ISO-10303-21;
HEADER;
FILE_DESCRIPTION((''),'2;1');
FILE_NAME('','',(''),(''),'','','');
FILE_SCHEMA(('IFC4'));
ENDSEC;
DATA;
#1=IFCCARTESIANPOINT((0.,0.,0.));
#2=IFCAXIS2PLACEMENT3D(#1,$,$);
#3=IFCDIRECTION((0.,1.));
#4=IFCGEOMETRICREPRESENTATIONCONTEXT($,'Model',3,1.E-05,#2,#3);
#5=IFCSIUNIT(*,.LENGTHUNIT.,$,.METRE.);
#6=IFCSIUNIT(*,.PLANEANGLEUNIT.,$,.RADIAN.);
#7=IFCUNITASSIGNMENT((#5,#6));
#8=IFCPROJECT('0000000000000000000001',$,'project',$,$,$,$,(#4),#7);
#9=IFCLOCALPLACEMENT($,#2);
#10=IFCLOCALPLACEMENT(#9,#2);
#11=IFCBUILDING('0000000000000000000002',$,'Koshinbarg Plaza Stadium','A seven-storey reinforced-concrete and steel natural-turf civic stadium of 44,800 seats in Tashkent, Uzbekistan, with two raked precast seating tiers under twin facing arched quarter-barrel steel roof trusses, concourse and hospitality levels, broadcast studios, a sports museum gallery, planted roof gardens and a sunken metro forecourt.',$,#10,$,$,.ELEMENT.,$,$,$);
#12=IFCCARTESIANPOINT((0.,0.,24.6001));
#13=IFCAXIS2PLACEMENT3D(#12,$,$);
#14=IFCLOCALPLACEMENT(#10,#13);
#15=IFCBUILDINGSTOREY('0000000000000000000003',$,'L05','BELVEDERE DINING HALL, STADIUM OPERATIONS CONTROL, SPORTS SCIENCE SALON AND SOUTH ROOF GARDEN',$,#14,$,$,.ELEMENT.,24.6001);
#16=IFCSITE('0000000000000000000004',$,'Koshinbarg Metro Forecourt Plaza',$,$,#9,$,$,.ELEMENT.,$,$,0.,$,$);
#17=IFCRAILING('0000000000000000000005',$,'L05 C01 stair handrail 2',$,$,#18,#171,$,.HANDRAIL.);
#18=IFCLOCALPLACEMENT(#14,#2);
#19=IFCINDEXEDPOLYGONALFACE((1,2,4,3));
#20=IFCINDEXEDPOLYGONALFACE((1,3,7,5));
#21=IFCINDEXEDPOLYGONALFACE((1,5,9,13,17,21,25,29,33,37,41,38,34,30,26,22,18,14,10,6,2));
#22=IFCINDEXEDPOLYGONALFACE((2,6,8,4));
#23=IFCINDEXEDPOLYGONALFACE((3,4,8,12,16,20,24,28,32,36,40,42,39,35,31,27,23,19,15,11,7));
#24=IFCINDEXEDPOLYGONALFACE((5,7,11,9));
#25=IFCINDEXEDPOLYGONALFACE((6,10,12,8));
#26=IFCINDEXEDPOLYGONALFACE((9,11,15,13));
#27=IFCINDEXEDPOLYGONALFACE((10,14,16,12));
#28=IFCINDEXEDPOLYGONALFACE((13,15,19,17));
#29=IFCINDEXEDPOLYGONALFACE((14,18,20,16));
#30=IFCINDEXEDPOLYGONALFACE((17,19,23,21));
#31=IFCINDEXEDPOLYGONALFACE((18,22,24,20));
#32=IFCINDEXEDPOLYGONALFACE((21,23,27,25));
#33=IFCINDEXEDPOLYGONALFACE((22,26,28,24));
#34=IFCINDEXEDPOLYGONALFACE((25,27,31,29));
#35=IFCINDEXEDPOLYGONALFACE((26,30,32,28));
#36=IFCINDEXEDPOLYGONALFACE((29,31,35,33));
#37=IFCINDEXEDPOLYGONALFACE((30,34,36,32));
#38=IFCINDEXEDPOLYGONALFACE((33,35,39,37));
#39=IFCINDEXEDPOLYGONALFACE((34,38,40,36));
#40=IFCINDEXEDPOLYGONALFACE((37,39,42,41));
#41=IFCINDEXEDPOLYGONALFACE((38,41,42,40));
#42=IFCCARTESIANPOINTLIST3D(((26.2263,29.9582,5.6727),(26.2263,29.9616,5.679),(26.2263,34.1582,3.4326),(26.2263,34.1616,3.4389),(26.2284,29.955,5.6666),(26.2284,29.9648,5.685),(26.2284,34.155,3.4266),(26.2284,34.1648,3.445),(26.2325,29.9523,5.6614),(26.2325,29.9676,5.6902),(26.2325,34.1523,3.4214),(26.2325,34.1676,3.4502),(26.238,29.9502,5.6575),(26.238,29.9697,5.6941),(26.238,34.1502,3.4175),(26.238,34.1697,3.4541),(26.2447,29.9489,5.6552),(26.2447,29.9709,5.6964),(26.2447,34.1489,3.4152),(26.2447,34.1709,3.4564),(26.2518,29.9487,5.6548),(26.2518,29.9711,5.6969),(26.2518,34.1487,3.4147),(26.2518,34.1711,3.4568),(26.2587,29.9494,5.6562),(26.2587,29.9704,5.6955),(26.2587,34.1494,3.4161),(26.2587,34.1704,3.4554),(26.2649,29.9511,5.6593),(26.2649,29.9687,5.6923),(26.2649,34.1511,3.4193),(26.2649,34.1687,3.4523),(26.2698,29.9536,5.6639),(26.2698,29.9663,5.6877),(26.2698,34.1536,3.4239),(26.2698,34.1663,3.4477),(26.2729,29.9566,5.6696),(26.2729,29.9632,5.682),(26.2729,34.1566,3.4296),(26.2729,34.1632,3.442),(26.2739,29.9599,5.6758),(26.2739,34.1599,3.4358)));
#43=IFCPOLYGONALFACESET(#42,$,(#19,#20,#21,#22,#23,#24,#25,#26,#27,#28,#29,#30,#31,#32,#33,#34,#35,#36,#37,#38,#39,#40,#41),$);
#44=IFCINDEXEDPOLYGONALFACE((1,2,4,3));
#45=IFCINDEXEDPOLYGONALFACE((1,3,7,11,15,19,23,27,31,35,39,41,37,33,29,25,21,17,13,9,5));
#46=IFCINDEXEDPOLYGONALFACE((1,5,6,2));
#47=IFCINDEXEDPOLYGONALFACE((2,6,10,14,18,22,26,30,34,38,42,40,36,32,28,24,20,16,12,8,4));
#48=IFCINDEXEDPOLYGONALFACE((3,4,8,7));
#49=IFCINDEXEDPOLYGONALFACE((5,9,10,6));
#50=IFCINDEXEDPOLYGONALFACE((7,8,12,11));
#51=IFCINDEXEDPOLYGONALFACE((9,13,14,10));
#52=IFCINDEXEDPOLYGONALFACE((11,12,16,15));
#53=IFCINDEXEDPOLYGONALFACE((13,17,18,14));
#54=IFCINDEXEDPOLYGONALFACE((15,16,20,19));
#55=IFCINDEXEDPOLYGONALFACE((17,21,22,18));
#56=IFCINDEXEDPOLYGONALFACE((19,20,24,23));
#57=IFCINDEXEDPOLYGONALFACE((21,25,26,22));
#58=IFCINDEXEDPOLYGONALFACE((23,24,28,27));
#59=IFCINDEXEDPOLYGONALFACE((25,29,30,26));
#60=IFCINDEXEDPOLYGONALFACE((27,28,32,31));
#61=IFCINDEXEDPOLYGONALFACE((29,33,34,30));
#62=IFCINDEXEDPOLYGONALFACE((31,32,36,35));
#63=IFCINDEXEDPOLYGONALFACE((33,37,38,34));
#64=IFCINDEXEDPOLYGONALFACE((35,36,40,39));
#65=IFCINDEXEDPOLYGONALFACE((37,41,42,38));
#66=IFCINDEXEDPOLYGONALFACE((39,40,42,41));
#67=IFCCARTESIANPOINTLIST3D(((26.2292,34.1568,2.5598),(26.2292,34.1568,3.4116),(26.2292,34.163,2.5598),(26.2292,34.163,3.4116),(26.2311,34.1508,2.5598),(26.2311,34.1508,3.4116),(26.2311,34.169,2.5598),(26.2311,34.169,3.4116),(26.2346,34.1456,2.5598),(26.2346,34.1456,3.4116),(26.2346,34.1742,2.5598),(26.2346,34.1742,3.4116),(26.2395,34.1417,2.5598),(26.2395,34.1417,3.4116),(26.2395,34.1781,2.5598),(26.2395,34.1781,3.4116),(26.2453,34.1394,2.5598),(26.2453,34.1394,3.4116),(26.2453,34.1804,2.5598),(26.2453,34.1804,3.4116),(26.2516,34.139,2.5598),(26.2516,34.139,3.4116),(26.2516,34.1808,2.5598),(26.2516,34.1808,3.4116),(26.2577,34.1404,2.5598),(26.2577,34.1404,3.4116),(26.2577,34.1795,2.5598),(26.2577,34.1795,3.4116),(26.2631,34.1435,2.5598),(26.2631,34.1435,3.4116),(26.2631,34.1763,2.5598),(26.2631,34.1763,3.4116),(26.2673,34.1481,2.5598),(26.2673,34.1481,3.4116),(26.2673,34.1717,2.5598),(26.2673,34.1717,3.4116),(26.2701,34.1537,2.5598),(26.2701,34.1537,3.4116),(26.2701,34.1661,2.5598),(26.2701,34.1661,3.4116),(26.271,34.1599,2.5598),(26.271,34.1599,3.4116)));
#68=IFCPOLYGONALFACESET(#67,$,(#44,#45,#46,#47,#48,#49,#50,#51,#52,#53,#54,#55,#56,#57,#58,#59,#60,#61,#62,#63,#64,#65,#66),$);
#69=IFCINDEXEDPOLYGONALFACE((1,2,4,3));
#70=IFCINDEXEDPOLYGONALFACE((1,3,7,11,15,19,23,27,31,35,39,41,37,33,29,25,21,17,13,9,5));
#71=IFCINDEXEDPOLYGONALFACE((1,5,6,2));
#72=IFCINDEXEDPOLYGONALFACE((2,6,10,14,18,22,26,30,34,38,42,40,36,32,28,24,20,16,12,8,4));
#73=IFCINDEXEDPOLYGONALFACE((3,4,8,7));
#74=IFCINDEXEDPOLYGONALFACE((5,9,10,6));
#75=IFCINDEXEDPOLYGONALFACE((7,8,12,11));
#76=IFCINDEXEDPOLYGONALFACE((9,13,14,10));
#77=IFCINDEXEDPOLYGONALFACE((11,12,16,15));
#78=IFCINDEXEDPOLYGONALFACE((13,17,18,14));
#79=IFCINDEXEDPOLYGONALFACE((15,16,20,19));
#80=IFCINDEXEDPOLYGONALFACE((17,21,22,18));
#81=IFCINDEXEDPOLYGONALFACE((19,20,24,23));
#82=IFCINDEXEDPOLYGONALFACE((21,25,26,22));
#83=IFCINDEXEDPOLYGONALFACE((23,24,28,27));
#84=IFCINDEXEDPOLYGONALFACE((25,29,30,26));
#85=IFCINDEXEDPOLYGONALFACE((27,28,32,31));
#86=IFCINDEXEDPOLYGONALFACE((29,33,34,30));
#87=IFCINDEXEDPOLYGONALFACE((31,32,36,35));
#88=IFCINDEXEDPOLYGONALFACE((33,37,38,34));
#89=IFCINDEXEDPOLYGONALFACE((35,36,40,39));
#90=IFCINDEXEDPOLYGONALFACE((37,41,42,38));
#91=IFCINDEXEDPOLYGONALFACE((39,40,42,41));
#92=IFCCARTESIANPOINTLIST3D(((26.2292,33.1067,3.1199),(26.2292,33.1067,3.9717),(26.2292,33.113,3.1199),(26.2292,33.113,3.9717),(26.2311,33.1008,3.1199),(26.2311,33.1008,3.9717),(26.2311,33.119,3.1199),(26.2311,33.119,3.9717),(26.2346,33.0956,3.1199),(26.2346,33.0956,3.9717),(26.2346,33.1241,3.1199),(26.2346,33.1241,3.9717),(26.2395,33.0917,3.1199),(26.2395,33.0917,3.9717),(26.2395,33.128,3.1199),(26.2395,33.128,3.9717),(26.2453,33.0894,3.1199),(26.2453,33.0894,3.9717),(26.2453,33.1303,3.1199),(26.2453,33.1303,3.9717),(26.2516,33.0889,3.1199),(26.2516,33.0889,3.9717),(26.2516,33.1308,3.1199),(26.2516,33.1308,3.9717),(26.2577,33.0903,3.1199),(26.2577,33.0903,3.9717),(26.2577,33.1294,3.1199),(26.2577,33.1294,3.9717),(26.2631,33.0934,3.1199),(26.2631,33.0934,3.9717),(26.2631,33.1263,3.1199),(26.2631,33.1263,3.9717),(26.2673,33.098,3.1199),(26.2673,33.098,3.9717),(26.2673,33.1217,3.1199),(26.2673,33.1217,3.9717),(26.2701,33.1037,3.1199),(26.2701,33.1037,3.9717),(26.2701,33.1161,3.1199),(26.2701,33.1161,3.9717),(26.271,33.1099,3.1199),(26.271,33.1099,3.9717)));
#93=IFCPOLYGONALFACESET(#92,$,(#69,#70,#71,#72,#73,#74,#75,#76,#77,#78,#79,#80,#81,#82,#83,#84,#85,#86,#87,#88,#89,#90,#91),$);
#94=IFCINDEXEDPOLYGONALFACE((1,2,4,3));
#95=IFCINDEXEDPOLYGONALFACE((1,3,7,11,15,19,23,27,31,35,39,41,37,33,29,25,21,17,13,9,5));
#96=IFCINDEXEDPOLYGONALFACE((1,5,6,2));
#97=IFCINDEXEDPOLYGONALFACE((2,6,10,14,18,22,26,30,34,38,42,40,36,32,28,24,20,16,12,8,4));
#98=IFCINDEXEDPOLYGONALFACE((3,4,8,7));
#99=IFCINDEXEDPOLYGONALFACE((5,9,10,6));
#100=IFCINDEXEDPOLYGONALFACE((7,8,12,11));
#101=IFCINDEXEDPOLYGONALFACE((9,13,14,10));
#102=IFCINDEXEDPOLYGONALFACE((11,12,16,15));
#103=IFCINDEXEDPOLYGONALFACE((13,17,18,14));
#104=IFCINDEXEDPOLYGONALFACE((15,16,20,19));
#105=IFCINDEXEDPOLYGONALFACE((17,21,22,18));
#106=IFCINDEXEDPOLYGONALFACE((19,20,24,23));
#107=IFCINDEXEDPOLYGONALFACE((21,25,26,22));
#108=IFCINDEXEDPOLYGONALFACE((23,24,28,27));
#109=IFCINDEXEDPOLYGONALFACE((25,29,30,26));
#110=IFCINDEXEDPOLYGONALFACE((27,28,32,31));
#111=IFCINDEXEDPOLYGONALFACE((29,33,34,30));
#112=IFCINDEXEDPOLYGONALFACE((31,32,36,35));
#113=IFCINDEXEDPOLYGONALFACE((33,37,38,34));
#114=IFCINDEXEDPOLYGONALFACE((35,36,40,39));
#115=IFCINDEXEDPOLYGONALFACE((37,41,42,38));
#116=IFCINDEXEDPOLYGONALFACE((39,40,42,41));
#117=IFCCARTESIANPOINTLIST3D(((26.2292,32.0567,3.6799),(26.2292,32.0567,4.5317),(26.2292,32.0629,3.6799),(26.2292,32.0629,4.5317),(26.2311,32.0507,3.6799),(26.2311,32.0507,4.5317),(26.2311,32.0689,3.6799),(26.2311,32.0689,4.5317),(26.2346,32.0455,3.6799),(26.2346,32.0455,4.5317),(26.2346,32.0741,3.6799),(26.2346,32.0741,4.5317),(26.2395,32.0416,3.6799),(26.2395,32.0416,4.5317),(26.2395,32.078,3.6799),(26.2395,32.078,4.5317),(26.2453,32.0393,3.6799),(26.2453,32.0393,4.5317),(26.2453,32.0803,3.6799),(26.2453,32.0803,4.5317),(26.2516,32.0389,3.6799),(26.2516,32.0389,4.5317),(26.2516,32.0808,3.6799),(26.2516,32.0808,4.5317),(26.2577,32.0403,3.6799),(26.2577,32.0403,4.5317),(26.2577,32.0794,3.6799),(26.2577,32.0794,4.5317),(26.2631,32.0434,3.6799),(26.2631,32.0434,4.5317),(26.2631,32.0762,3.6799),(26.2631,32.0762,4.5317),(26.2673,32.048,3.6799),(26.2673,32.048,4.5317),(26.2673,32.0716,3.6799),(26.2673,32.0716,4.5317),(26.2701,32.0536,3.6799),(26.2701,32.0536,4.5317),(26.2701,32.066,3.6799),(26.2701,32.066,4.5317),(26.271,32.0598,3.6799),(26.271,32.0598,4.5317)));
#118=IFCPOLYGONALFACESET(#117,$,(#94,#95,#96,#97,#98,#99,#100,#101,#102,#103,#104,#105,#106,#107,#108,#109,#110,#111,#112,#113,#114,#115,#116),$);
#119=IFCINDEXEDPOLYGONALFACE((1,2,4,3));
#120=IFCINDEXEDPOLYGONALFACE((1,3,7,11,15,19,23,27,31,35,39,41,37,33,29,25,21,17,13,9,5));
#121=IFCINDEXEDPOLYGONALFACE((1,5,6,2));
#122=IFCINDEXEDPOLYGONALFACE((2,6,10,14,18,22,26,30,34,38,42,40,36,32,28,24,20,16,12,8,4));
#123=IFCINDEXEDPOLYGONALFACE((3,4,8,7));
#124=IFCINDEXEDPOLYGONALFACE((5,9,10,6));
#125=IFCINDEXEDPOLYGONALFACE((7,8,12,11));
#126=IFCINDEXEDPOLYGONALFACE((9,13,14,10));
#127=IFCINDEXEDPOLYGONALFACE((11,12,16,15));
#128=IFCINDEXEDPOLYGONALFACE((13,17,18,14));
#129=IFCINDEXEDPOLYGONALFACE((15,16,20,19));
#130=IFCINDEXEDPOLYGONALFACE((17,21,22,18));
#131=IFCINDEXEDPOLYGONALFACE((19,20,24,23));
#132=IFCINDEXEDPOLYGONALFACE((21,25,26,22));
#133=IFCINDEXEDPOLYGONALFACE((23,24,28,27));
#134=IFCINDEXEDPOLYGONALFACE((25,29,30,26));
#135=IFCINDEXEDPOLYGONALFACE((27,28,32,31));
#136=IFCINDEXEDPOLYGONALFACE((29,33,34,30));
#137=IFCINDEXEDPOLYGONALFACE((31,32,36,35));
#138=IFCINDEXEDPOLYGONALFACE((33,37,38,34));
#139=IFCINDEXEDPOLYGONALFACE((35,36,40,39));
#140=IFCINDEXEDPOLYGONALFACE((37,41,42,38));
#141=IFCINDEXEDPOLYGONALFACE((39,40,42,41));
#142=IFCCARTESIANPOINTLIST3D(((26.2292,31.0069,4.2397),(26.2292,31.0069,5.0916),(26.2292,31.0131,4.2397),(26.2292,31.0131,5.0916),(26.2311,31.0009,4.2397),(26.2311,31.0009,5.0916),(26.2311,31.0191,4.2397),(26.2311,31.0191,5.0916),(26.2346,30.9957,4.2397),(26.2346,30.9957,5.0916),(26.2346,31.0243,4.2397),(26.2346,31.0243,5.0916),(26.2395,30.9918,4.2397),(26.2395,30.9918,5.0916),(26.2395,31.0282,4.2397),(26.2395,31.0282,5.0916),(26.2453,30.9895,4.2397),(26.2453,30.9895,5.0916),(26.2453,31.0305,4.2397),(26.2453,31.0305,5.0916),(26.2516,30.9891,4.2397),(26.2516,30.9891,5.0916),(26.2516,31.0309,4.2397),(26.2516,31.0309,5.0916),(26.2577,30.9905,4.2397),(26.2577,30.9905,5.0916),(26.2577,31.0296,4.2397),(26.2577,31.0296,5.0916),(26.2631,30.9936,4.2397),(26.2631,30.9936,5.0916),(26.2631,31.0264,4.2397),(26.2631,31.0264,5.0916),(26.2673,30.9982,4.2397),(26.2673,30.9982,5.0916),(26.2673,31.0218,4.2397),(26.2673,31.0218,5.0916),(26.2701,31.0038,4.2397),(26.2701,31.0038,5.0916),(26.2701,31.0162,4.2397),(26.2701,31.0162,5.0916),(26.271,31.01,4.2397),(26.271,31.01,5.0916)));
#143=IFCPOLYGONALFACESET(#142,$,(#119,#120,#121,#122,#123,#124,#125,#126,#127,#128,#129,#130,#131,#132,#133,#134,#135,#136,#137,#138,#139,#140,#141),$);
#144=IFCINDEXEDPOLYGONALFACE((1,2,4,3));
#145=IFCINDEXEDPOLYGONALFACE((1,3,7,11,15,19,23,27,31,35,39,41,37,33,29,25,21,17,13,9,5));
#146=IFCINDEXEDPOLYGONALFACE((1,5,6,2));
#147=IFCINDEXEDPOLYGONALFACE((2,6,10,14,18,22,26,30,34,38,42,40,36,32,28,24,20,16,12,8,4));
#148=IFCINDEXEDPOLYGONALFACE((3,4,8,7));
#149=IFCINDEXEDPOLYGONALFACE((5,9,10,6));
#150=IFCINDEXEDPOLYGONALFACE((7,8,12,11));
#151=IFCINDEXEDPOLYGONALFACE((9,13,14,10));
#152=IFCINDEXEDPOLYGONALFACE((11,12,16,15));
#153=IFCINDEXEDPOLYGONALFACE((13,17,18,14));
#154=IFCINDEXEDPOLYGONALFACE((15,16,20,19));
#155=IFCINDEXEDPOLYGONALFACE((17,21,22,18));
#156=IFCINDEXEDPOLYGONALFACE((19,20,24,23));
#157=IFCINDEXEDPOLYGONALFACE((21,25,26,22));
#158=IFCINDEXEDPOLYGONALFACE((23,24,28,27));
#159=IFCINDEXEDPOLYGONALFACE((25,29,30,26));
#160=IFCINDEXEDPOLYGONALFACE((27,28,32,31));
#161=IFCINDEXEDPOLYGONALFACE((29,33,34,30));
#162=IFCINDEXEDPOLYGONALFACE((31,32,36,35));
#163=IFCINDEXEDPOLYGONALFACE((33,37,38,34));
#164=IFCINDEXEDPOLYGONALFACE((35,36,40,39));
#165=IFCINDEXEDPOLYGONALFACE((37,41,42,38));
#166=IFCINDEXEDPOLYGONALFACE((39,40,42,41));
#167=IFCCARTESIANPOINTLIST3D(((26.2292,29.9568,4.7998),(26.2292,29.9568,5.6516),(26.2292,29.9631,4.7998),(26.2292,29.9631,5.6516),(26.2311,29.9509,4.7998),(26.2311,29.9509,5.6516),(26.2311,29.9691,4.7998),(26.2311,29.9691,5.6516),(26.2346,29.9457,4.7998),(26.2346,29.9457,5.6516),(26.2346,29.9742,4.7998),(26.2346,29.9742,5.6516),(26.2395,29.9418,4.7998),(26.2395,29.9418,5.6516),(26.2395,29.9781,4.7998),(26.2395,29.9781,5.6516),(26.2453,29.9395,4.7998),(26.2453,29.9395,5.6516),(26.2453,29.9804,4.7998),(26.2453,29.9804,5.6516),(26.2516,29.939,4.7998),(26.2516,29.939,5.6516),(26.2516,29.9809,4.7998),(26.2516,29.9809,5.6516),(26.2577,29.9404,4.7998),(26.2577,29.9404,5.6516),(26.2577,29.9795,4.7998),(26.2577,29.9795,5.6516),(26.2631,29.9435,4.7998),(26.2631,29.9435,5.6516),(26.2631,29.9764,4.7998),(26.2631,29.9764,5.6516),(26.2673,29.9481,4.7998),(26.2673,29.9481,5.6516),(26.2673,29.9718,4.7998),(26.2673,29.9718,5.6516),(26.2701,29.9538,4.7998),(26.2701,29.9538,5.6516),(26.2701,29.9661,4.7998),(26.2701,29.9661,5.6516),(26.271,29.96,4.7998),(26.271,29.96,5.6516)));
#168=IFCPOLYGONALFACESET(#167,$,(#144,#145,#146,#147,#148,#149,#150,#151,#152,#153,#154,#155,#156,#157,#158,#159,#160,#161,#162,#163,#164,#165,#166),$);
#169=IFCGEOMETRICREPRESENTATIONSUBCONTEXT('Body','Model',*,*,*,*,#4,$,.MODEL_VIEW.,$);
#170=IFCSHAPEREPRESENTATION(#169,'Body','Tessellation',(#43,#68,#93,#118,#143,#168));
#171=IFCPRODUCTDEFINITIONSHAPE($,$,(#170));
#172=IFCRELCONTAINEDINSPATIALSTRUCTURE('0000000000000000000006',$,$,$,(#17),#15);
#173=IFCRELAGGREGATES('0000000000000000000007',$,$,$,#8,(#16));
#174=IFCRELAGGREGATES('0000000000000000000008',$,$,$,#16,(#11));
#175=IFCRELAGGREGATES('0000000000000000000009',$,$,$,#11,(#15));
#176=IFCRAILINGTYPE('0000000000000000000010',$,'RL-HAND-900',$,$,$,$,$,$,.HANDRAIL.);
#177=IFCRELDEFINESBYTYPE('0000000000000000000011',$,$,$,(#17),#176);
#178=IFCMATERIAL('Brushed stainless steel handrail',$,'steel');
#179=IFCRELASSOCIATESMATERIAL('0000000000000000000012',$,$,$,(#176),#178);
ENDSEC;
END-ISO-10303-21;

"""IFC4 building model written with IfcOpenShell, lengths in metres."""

from ifc_helpers import new_model, si_unit, direction, frame, origin, origin_2d, place, context, subcontext, project, spatial, circle, extrude, material, type_object, element, save


model = new_model("IFC4")

# Units and contexts
model_context = context("Model", 3, precision=1e-05, world=origin(), true_north=direction((0.0, 1.0)))
body_context = subcontext(model_context, "Body", "Model", "MODEL_VIEW")
ifc_project = project(units=[si_unit("LENGTHUNIT", "METRE"), si_unit("PLANEANGLEUNIT", "RADIAN")], contexts=[model_context])

# Site, building, storey
site_placement = place(None, origin())
site = spatial("IfcSite", under=ifc_project, at=site_placement, Name="Koshinbarg Metro Forecourt Plaza", CompositionType="ELEMENT", RefElevation=0.0)
building_placement = place(site_placement, origin())
building = spatial("IfcBuilding", under=site, at=building_placement, Name="Koshinbarg Plaza Stadium", Description="A seven-storey reinforced-concrete and steel natural-turf civic stadium of 44,800 seats in Tashkent, Uzbekistan, with two raked precast seating tiers under twin facing arched quarter-barrel steel roof trusses, concourse and hospitality levels, broadcast studios, a sports museum gallery, planted roof gardens and a sunken metro forecourt.", CompositionType="ELEMENT")
storey_placement = place(building_placement, frame((0.0, 0.0, 24.6001)))
storey = spatial("IfcBuildingStorey", under=building, at=storey_placement, Name="L05", Description="BELVEDERE DINING HALL, STADIUM OPERATIONS CONTROL, SPORTS SCIENCE SALON AND SOUTH ROOF GARDEN", CompositionType="ELEMENT", Elevation=24.6001)

# Railing
ifc_material_1 = material(Name="Brushed stainless steel handrail", Category="steel")
railing_type_1 = type_object("IfcRailingType", Name="RL-HAND-900", PredefinedType="HANDRAIL", material=ifc_material_1)
railing_1_placement = place(storey_placement, frame((26.25, 34.1599, 2.5598)))
element("IfcRailing", 1, at=railing_1_placement, inside=storey, type_object=railing_type_1, Name="L05 C01 stair handrail 2", PredefinedType="HANDRAIL", context=body_context, shape_type="SweptSolid", body=[
    extrude(circle(Radius=0.0239, at=origin_2d()), frame((0.0, 0.0, 0.876), z_axis=(0.0, -0.882352, 0.470591), x_axis=(1.0, 0.0, 0.0)), (0.0, 0.0, 1.0), 4.76),
    extrude(circle(Radius=0.021, at=origin_2d()), origin(), (0.0, 0.0, 1.0), 0.8518),
    extrude(circle(Radius=0.021, at=origin_2d()), frame((0.0, -1.05, 0.5601)), (0.0, 0.0, 1.0), 0.8518),
    extrude(circle(Radius=0.021, at=origin_2d()), frame((0.0, -2.1001, 1.1201)), (0.0, 0.0, 1.0), 0.8518),
    extrude(circle(Radius=0.021, at=origin_2d()), frame((0.0, -3.1499, 1.6799)), (0.0, 0.0, 1.0), 0.8518),
    extrude(circle(Radius=0.021, at=origin_2d()), frame((0.0, -4.2, 2.24)), (0.0, 0.0, 1.0), 0.8518),
])

save(model, "model.ifc")
